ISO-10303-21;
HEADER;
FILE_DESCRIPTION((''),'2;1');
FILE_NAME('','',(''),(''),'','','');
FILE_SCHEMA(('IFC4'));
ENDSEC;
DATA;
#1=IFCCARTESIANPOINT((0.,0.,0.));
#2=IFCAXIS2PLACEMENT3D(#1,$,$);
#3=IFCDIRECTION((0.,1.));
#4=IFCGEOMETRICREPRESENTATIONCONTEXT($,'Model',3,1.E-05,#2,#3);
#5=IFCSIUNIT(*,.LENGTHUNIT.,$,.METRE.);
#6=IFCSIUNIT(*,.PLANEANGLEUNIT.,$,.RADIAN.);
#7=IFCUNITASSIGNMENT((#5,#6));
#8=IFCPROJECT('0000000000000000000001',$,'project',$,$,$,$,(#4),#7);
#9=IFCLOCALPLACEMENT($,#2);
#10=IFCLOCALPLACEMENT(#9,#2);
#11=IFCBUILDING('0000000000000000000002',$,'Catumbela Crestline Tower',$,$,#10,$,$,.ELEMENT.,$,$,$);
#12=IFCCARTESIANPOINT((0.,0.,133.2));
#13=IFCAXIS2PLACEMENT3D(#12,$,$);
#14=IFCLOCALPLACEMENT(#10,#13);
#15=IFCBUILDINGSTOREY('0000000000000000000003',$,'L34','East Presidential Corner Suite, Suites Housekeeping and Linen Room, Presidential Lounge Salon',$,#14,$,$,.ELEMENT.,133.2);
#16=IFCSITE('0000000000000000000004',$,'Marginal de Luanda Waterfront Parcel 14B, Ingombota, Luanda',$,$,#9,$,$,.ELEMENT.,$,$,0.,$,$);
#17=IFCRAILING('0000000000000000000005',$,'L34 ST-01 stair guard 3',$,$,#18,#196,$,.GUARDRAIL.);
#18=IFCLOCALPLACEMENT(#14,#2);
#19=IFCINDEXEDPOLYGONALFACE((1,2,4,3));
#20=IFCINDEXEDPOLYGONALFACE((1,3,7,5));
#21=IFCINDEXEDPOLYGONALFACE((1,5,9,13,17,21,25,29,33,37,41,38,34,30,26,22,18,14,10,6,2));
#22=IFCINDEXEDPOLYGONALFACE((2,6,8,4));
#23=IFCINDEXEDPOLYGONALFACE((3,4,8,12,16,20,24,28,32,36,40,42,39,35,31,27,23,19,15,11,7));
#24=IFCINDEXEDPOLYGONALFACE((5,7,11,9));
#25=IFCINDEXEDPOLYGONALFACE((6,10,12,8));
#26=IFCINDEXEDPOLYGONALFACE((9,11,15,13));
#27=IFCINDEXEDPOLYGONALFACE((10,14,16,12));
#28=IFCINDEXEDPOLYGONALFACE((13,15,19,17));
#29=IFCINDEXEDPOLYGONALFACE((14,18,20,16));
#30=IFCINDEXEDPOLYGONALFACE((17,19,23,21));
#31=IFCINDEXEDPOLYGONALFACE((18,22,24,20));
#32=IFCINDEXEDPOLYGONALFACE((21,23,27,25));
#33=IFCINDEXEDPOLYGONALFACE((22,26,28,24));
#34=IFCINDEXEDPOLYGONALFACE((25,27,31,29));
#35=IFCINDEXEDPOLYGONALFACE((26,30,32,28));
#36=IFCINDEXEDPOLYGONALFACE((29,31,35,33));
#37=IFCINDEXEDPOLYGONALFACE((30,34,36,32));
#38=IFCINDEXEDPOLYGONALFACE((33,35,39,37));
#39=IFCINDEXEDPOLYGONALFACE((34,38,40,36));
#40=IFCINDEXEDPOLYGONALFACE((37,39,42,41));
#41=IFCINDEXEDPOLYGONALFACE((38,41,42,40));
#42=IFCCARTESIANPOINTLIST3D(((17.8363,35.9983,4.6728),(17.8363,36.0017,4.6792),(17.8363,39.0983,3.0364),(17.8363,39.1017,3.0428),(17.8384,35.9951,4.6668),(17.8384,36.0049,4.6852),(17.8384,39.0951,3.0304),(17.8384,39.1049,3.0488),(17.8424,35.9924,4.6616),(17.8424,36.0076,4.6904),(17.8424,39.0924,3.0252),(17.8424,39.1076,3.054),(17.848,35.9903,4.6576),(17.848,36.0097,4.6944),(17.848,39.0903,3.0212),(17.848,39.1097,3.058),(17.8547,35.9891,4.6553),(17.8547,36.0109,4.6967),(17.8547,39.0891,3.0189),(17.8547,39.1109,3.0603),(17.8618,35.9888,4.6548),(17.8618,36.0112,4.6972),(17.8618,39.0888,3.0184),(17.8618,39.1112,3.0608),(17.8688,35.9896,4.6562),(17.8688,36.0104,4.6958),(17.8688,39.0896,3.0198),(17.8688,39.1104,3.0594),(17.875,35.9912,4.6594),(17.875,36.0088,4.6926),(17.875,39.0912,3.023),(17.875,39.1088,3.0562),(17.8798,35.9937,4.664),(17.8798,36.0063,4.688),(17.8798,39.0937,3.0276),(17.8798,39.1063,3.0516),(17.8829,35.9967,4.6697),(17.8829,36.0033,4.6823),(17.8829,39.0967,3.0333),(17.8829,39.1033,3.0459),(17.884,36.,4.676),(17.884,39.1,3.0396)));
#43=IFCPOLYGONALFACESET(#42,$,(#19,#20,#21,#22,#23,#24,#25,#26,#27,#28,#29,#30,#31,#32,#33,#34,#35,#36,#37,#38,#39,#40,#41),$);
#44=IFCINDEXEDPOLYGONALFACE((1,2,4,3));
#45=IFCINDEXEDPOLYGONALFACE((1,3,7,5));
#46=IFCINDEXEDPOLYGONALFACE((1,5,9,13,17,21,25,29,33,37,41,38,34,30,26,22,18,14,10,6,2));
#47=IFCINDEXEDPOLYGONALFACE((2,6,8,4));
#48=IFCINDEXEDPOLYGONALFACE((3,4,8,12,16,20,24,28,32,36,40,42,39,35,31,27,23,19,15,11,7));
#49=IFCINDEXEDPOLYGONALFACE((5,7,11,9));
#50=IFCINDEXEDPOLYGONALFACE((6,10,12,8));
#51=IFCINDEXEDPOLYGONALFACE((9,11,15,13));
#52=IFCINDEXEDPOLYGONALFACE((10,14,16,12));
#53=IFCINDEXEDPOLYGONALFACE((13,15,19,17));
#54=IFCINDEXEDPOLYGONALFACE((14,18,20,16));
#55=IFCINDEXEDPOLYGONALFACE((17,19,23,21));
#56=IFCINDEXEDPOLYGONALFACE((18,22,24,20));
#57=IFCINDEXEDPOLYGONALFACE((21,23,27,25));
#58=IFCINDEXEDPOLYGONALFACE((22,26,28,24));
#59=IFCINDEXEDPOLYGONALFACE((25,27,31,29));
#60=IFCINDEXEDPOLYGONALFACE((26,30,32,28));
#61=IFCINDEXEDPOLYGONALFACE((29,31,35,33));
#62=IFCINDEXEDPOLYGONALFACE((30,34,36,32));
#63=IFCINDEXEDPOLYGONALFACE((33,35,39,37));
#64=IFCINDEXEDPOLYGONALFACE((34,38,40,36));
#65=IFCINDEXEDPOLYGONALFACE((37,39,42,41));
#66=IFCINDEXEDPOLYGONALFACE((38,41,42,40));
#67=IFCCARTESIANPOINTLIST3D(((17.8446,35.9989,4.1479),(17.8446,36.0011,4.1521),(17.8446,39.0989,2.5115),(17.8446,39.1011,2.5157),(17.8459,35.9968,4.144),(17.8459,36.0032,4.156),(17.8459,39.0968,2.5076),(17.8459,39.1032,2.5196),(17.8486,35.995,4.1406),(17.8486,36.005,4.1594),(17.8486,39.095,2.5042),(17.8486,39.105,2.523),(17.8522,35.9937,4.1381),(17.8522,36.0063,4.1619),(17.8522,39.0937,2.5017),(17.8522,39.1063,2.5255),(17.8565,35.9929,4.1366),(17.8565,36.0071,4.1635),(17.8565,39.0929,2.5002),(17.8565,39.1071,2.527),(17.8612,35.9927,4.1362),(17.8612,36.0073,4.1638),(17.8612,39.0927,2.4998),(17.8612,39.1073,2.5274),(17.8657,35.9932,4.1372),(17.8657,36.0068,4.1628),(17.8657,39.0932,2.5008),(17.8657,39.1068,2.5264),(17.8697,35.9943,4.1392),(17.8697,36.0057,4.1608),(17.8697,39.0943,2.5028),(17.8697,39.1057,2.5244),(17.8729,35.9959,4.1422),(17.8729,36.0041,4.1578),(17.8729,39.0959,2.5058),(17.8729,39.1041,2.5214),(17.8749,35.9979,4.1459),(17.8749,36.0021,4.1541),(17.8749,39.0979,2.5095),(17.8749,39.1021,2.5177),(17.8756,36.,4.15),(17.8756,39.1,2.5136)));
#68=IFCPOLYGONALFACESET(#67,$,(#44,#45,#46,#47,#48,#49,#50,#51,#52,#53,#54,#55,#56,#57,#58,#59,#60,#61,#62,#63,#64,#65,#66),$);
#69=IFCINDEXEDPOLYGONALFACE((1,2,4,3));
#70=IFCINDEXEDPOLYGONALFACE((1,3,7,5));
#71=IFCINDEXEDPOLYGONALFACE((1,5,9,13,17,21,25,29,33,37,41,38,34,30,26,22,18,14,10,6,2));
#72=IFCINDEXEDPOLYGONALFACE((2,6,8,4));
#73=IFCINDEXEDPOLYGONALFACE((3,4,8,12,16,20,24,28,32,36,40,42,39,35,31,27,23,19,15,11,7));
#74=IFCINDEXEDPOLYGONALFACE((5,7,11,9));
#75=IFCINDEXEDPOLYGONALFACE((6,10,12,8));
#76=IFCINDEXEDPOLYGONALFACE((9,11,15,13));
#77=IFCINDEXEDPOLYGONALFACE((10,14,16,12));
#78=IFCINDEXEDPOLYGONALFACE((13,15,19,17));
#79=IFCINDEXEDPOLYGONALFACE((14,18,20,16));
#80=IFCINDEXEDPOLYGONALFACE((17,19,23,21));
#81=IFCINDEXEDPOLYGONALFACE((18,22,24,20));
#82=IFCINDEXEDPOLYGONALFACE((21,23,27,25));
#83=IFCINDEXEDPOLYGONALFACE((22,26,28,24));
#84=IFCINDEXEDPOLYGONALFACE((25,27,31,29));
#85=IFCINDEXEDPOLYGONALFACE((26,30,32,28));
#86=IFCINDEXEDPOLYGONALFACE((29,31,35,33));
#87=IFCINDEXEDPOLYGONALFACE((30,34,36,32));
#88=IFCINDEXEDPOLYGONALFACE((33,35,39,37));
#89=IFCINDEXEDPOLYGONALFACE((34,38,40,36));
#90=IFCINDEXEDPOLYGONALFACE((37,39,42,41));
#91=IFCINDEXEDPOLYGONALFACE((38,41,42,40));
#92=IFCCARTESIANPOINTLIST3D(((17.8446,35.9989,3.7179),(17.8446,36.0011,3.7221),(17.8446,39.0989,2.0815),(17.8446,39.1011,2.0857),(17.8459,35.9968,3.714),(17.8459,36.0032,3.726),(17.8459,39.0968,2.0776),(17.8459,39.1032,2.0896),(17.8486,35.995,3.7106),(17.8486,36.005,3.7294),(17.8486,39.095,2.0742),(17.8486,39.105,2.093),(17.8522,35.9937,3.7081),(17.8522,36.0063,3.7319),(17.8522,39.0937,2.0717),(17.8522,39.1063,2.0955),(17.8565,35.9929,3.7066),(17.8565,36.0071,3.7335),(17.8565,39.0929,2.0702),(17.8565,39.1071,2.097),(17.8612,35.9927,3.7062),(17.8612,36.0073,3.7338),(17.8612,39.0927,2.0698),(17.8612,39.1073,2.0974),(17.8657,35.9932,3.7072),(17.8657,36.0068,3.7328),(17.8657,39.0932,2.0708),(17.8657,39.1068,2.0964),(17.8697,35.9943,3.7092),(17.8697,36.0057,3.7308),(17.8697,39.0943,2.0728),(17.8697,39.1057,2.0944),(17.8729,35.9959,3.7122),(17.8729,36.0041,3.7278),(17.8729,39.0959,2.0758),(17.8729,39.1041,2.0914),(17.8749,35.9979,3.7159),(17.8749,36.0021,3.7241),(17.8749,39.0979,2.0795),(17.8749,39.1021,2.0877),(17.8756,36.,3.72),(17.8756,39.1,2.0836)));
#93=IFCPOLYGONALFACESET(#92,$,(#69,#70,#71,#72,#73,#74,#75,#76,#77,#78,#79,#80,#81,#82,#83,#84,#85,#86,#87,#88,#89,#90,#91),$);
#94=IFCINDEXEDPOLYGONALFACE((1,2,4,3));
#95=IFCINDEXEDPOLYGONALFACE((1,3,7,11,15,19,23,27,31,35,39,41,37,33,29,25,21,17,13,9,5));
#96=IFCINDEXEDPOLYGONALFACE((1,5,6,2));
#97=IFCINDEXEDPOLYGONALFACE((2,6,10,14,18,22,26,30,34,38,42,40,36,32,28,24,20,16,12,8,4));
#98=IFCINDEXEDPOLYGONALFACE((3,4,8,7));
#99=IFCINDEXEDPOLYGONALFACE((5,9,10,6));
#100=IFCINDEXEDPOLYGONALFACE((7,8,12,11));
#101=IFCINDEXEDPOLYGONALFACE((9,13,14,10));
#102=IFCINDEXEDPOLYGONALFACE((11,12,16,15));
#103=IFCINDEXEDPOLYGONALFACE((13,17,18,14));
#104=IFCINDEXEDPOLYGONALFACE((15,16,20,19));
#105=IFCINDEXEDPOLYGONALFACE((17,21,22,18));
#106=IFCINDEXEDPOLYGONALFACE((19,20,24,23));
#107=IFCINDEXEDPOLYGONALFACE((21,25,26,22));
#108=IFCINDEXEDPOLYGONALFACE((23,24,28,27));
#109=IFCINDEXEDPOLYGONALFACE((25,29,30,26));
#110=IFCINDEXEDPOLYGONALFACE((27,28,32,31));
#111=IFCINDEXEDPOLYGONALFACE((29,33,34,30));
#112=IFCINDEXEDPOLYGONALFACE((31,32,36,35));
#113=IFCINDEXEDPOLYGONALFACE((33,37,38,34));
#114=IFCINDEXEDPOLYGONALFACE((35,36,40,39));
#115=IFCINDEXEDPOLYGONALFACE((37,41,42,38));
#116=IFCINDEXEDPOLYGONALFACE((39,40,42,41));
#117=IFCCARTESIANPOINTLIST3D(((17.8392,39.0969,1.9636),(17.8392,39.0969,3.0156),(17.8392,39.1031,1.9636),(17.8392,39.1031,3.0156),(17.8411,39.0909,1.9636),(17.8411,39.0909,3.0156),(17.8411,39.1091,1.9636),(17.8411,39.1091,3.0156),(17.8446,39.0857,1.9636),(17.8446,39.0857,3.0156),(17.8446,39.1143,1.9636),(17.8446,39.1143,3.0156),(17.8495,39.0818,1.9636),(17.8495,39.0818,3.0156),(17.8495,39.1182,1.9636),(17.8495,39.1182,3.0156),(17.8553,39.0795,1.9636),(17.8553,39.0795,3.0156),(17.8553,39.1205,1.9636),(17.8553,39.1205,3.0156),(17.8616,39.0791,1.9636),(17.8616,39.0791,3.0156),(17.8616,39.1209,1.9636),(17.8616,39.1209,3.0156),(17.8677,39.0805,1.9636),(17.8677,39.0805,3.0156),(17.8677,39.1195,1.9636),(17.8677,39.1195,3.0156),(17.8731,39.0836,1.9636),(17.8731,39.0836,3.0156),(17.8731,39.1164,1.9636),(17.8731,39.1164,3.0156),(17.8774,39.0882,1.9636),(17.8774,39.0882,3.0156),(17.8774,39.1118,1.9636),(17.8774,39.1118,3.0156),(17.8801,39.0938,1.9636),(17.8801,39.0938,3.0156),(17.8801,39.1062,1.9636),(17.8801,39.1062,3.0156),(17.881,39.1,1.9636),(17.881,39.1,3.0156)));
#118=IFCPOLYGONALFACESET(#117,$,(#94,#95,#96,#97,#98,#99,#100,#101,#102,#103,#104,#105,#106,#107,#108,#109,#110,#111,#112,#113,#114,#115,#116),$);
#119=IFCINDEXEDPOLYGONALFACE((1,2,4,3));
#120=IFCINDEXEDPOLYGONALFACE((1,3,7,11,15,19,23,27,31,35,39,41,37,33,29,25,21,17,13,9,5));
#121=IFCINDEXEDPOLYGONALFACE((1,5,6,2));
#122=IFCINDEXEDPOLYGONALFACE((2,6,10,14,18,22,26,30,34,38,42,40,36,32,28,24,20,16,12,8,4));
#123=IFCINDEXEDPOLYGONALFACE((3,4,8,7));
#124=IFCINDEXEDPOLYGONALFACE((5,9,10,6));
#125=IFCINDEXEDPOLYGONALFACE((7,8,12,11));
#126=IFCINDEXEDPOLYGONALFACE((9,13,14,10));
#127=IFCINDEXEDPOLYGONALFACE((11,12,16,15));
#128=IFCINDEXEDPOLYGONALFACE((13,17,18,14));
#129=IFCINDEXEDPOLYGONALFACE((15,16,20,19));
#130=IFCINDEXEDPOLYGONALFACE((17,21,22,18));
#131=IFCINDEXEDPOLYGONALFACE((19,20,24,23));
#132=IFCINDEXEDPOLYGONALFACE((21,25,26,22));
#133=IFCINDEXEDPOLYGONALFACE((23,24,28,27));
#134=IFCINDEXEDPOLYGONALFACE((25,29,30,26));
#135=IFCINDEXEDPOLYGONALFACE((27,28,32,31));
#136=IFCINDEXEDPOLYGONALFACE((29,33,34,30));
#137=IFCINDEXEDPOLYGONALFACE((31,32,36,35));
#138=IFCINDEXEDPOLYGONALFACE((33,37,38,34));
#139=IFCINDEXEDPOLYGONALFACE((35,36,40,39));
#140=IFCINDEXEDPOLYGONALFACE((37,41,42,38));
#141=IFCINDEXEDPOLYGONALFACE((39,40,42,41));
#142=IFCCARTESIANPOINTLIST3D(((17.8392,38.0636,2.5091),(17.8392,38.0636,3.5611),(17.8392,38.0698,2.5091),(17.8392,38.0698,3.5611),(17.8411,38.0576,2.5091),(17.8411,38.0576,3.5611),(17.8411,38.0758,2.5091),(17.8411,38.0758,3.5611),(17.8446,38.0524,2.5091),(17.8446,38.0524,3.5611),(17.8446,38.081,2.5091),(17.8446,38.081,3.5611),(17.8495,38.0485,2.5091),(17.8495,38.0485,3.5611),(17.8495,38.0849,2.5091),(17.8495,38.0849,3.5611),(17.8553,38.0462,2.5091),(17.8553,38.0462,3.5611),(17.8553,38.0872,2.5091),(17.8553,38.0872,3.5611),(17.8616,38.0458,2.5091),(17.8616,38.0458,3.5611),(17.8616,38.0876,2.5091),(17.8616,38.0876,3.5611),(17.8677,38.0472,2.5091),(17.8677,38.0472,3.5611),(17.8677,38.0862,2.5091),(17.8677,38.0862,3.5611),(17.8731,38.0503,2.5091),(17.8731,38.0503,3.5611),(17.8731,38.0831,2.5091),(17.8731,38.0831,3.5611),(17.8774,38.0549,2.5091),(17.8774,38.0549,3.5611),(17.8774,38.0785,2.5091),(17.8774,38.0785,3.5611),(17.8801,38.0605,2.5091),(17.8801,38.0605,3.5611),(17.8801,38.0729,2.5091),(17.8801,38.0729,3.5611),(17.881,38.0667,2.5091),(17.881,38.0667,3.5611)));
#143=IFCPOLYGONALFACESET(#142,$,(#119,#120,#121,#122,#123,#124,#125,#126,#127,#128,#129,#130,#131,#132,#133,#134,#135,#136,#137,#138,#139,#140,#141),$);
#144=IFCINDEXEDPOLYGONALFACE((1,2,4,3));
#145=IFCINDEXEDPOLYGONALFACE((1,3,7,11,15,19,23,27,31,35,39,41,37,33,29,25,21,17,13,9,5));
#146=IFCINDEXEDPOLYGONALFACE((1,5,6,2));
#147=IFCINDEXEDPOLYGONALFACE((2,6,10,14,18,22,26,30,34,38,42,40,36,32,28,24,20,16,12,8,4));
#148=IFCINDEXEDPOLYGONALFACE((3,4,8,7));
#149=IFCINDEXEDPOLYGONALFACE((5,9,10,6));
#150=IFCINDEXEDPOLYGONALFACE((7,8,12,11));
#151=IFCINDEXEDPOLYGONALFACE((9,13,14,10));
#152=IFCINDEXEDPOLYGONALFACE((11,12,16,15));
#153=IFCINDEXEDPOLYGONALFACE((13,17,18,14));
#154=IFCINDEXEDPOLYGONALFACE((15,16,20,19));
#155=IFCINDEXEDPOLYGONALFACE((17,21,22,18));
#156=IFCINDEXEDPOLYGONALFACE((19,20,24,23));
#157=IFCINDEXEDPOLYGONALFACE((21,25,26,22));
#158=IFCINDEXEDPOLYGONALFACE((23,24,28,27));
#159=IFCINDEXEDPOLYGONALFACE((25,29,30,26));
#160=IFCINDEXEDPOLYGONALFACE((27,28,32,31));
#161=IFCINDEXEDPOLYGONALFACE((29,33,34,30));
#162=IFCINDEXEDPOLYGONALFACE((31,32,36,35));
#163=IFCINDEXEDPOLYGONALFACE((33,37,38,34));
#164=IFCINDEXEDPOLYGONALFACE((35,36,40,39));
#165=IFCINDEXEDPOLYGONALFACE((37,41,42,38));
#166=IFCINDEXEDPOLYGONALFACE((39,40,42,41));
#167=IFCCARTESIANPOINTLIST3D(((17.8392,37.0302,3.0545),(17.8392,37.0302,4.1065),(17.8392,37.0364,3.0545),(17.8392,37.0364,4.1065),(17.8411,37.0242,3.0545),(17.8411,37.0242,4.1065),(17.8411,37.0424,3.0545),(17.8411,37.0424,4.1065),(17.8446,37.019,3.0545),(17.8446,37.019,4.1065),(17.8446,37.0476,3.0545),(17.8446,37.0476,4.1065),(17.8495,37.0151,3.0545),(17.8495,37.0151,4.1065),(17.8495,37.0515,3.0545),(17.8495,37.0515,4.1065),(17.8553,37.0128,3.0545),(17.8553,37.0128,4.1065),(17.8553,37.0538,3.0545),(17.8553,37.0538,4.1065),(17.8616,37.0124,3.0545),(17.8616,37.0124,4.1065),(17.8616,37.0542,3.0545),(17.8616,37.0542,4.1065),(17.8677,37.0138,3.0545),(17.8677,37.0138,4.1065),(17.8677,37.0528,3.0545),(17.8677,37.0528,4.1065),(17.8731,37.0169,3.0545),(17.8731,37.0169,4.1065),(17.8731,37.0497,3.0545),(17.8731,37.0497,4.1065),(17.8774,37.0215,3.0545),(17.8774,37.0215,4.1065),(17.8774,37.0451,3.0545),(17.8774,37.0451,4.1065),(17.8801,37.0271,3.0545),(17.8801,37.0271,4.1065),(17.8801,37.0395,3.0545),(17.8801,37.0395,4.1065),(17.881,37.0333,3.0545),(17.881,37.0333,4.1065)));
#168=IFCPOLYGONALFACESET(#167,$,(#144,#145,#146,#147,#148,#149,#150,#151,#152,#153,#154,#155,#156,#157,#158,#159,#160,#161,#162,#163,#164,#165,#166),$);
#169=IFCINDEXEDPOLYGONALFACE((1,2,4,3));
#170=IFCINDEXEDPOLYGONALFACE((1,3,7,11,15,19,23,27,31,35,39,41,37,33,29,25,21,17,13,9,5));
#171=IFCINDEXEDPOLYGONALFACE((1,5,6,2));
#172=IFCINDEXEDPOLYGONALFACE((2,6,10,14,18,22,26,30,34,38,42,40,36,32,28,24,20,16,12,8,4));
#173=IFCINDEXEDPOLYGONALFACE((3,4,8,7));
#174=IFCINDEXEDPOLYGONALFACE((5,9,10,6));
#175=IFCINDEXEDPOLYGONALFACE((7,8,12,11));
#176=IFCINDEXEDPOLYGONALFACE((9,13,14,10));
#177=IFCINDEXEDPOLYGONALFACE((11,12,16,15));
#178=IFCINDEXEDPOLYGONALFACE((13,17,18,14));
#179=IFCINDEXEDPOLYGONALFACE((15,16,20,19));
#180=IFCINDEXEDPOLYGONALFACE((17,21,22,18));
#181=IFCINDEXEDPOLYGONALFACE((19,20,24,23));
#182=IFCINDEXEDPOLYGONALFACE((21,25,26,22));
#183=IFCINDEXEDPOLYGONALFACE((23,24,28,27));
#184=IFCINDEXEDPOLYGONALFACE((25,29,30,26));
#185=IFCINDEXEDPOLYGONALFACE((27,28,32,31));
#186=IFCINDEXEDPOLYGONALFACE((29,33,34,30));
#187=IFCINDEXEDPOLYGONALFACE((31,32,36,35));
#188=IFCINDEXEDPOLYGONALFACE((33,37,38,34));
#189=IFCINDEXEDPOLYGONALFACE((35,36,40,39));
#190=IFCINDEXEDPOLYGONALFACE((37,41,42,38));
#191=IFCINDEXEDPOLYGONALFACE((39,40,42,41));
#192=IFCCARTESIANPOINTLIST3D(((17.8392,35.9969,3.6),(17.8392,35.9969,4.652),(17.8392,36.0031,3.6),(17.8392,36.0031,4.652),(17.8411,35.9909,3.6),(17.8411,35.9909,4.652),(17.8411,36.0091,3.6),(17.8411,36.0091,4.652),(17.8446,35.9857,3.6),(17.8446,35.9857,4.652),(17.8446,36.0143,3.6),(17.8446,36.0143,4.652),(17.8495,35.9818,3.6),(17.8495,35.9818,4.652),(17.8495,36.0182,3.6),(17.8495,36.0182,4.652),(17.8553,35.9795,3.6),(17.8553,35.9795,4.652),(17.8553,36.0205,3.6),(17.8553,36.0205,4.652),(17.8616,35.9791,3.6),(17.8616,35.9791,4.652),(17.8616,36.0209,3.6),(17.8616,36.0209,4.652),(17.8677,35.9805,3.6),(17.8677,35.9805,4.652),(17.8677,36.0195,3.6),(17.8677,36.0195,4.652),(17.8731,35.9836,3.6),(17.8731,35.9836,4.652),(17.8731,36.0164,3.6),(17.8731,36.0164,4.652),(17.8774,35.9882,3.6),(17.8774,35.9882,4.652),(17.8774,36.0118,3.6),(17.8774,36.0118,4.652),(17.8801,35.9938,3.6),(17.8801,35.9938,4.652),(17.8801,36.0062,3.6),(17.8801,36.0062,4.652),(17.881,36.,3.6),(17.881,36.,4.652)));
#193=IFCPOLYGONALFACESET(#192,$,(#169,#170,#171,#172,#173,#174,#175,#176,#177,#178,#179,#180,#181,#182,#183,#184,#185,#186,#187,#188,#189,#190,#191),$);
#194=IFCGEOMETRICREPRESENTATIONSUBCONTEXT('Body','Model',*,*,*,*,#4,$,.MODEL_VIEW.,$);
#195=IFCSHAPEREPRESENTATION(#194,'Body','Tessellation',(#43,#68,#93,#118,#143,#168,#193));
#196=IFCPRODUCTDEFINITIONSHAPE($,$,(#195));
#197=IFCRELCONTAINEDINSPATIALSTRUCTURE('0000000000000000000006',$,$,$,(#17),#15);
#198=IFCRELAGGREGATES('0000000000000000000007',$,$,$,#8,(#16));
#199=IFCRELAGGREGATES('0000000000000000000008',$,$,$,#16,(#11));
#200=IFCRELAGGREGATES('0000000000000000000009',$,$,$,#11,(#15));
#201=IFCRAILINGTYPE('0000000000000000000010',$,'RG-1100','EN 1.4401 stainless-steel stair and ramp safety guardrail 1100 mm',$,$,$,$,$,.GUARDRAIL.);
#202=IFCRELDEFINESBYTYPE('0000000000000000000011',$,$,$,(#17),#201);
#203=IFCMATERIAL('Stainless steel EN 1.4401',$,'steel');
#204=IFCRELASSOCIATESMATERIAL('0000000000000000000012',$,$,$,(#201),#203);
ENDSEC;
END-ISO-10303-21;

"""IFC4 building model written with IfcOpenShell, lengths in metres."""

from ifc_helpers import new_model, si_unit, direction, frame, origin, origin_2d, place, context, subcontext, project, spatial, circle, extrude, material, type_object, element, save


model = new_model("IFC4")

# Units and contexts
model_context = context("Model", 3, precision=1e-05, world=origin(), true_north=direction((0.0, 1.0)))
body_context = subcontext(model_context, "Body", "Model", "MODEL_VIEW")
ifc_project = project(units=[si_unit("LENGTHUNIT", "METRE"), si_unit("PLANEANGLEUNIT", "RADIAN")], contexts=[model_context])

# Site, building, storey
site_placement = place(None, origin())
site = spatial("IfcSite", under=ifc_project, at=site_placement, Name="Marginal de Luanda Waterfront Parcel 14B, Ingombota, Luanda", CompositionType="ELEMENT", RefElevation=0.0)
building_placement = place(site_placement, origin())
building = spatial("IfcBuilding", under=site, at=building_placement, Name="Catumbela Crestline Tower", CompositionType="ELEMENT")
storey_placement = place(building_placement, frame((0.0, 0.0, 133.2)))
storey = spatial("IfcBuildingStorey", under=building, at=storey_placement, Name="L34", Description="East Presidential Corner Suite, Suites Housekeeping and Linen Room, Presidential Lounge Salon", CompositionType="ELEMENT", Elevation=133.2)

# Railing
ifc_material_1 = material(Name="Stainless steel EN 1.4401", Category="steel")
railing_type_1 = type_object("IfcRailingType", Name="RG-1100", Description="EN 1.4401 stainless-steel stair and ramp safety guardrail 1100 mm", PredefinedType="GUARDRAIL", material=ifc_material_1)
railing_1_placement = place(storey_placement, frame((17.86, 39.1, 1.9636)))
element("IfcRailing", 1, at=railing_1_placement, inside=storey, type_object=railing_type_1, Name="L34 ST-01 stair guard 3", PredefinedType="GUARDRAIL", context=body_context, shape_type="SweptSolid", body=[
    extrude(circle(Radius=0.024, at=origin_2d()), frame((0.0, 0.0, 1.076), z_axis=(0.0, -0.884351, 0.466823), x_axis=(1.0, 0.0, 0.0)), (0.0, 0.0, 1.0), 3.5054),
    extrude(circle(Radius=0.0156, at=origin_2d()), frame((0.0, 0.0, 0.55), z_axis=(0.0, -0.884351, 0.466823), x_axis=(1.0, 0.0, 0.0)), (0.0, 0.0, 1.0), 3.5054),
    extrude(circle(Radius=0.0156, at=origin_2d()), frame((0.0, 0.0, 0.12), z_axis=(0.0, -0.884351, 0.466823), x_axis=(1.0, 0.0, 0.0)), (0.0, 0.0, 1.0), 3.5054),
    extrude(circle(Radius=0.021, at=origin_2d()), origin(), (0.0, 0.0, 1.0), 1.052),
    extrude(circle(Radius=0.021, at=origin_2d()), frame((0.0, -1.0333, 0.5455)), (0.0, 0.0, 1.0), 1.052),
    extrude(circle(Radius=0.021, at=origin_2d()), frame((0.0, -2.0667, 1.0909)), (0.0, 0.0, 1.0), 1.052),
    extrude(circle(Radius=0.021, at=origin_2d()), frame((0.0, -3.1, 1.6364)), (0.0, 0.0, 1.0), 1.052),
])

save(model, "model.ifc")
